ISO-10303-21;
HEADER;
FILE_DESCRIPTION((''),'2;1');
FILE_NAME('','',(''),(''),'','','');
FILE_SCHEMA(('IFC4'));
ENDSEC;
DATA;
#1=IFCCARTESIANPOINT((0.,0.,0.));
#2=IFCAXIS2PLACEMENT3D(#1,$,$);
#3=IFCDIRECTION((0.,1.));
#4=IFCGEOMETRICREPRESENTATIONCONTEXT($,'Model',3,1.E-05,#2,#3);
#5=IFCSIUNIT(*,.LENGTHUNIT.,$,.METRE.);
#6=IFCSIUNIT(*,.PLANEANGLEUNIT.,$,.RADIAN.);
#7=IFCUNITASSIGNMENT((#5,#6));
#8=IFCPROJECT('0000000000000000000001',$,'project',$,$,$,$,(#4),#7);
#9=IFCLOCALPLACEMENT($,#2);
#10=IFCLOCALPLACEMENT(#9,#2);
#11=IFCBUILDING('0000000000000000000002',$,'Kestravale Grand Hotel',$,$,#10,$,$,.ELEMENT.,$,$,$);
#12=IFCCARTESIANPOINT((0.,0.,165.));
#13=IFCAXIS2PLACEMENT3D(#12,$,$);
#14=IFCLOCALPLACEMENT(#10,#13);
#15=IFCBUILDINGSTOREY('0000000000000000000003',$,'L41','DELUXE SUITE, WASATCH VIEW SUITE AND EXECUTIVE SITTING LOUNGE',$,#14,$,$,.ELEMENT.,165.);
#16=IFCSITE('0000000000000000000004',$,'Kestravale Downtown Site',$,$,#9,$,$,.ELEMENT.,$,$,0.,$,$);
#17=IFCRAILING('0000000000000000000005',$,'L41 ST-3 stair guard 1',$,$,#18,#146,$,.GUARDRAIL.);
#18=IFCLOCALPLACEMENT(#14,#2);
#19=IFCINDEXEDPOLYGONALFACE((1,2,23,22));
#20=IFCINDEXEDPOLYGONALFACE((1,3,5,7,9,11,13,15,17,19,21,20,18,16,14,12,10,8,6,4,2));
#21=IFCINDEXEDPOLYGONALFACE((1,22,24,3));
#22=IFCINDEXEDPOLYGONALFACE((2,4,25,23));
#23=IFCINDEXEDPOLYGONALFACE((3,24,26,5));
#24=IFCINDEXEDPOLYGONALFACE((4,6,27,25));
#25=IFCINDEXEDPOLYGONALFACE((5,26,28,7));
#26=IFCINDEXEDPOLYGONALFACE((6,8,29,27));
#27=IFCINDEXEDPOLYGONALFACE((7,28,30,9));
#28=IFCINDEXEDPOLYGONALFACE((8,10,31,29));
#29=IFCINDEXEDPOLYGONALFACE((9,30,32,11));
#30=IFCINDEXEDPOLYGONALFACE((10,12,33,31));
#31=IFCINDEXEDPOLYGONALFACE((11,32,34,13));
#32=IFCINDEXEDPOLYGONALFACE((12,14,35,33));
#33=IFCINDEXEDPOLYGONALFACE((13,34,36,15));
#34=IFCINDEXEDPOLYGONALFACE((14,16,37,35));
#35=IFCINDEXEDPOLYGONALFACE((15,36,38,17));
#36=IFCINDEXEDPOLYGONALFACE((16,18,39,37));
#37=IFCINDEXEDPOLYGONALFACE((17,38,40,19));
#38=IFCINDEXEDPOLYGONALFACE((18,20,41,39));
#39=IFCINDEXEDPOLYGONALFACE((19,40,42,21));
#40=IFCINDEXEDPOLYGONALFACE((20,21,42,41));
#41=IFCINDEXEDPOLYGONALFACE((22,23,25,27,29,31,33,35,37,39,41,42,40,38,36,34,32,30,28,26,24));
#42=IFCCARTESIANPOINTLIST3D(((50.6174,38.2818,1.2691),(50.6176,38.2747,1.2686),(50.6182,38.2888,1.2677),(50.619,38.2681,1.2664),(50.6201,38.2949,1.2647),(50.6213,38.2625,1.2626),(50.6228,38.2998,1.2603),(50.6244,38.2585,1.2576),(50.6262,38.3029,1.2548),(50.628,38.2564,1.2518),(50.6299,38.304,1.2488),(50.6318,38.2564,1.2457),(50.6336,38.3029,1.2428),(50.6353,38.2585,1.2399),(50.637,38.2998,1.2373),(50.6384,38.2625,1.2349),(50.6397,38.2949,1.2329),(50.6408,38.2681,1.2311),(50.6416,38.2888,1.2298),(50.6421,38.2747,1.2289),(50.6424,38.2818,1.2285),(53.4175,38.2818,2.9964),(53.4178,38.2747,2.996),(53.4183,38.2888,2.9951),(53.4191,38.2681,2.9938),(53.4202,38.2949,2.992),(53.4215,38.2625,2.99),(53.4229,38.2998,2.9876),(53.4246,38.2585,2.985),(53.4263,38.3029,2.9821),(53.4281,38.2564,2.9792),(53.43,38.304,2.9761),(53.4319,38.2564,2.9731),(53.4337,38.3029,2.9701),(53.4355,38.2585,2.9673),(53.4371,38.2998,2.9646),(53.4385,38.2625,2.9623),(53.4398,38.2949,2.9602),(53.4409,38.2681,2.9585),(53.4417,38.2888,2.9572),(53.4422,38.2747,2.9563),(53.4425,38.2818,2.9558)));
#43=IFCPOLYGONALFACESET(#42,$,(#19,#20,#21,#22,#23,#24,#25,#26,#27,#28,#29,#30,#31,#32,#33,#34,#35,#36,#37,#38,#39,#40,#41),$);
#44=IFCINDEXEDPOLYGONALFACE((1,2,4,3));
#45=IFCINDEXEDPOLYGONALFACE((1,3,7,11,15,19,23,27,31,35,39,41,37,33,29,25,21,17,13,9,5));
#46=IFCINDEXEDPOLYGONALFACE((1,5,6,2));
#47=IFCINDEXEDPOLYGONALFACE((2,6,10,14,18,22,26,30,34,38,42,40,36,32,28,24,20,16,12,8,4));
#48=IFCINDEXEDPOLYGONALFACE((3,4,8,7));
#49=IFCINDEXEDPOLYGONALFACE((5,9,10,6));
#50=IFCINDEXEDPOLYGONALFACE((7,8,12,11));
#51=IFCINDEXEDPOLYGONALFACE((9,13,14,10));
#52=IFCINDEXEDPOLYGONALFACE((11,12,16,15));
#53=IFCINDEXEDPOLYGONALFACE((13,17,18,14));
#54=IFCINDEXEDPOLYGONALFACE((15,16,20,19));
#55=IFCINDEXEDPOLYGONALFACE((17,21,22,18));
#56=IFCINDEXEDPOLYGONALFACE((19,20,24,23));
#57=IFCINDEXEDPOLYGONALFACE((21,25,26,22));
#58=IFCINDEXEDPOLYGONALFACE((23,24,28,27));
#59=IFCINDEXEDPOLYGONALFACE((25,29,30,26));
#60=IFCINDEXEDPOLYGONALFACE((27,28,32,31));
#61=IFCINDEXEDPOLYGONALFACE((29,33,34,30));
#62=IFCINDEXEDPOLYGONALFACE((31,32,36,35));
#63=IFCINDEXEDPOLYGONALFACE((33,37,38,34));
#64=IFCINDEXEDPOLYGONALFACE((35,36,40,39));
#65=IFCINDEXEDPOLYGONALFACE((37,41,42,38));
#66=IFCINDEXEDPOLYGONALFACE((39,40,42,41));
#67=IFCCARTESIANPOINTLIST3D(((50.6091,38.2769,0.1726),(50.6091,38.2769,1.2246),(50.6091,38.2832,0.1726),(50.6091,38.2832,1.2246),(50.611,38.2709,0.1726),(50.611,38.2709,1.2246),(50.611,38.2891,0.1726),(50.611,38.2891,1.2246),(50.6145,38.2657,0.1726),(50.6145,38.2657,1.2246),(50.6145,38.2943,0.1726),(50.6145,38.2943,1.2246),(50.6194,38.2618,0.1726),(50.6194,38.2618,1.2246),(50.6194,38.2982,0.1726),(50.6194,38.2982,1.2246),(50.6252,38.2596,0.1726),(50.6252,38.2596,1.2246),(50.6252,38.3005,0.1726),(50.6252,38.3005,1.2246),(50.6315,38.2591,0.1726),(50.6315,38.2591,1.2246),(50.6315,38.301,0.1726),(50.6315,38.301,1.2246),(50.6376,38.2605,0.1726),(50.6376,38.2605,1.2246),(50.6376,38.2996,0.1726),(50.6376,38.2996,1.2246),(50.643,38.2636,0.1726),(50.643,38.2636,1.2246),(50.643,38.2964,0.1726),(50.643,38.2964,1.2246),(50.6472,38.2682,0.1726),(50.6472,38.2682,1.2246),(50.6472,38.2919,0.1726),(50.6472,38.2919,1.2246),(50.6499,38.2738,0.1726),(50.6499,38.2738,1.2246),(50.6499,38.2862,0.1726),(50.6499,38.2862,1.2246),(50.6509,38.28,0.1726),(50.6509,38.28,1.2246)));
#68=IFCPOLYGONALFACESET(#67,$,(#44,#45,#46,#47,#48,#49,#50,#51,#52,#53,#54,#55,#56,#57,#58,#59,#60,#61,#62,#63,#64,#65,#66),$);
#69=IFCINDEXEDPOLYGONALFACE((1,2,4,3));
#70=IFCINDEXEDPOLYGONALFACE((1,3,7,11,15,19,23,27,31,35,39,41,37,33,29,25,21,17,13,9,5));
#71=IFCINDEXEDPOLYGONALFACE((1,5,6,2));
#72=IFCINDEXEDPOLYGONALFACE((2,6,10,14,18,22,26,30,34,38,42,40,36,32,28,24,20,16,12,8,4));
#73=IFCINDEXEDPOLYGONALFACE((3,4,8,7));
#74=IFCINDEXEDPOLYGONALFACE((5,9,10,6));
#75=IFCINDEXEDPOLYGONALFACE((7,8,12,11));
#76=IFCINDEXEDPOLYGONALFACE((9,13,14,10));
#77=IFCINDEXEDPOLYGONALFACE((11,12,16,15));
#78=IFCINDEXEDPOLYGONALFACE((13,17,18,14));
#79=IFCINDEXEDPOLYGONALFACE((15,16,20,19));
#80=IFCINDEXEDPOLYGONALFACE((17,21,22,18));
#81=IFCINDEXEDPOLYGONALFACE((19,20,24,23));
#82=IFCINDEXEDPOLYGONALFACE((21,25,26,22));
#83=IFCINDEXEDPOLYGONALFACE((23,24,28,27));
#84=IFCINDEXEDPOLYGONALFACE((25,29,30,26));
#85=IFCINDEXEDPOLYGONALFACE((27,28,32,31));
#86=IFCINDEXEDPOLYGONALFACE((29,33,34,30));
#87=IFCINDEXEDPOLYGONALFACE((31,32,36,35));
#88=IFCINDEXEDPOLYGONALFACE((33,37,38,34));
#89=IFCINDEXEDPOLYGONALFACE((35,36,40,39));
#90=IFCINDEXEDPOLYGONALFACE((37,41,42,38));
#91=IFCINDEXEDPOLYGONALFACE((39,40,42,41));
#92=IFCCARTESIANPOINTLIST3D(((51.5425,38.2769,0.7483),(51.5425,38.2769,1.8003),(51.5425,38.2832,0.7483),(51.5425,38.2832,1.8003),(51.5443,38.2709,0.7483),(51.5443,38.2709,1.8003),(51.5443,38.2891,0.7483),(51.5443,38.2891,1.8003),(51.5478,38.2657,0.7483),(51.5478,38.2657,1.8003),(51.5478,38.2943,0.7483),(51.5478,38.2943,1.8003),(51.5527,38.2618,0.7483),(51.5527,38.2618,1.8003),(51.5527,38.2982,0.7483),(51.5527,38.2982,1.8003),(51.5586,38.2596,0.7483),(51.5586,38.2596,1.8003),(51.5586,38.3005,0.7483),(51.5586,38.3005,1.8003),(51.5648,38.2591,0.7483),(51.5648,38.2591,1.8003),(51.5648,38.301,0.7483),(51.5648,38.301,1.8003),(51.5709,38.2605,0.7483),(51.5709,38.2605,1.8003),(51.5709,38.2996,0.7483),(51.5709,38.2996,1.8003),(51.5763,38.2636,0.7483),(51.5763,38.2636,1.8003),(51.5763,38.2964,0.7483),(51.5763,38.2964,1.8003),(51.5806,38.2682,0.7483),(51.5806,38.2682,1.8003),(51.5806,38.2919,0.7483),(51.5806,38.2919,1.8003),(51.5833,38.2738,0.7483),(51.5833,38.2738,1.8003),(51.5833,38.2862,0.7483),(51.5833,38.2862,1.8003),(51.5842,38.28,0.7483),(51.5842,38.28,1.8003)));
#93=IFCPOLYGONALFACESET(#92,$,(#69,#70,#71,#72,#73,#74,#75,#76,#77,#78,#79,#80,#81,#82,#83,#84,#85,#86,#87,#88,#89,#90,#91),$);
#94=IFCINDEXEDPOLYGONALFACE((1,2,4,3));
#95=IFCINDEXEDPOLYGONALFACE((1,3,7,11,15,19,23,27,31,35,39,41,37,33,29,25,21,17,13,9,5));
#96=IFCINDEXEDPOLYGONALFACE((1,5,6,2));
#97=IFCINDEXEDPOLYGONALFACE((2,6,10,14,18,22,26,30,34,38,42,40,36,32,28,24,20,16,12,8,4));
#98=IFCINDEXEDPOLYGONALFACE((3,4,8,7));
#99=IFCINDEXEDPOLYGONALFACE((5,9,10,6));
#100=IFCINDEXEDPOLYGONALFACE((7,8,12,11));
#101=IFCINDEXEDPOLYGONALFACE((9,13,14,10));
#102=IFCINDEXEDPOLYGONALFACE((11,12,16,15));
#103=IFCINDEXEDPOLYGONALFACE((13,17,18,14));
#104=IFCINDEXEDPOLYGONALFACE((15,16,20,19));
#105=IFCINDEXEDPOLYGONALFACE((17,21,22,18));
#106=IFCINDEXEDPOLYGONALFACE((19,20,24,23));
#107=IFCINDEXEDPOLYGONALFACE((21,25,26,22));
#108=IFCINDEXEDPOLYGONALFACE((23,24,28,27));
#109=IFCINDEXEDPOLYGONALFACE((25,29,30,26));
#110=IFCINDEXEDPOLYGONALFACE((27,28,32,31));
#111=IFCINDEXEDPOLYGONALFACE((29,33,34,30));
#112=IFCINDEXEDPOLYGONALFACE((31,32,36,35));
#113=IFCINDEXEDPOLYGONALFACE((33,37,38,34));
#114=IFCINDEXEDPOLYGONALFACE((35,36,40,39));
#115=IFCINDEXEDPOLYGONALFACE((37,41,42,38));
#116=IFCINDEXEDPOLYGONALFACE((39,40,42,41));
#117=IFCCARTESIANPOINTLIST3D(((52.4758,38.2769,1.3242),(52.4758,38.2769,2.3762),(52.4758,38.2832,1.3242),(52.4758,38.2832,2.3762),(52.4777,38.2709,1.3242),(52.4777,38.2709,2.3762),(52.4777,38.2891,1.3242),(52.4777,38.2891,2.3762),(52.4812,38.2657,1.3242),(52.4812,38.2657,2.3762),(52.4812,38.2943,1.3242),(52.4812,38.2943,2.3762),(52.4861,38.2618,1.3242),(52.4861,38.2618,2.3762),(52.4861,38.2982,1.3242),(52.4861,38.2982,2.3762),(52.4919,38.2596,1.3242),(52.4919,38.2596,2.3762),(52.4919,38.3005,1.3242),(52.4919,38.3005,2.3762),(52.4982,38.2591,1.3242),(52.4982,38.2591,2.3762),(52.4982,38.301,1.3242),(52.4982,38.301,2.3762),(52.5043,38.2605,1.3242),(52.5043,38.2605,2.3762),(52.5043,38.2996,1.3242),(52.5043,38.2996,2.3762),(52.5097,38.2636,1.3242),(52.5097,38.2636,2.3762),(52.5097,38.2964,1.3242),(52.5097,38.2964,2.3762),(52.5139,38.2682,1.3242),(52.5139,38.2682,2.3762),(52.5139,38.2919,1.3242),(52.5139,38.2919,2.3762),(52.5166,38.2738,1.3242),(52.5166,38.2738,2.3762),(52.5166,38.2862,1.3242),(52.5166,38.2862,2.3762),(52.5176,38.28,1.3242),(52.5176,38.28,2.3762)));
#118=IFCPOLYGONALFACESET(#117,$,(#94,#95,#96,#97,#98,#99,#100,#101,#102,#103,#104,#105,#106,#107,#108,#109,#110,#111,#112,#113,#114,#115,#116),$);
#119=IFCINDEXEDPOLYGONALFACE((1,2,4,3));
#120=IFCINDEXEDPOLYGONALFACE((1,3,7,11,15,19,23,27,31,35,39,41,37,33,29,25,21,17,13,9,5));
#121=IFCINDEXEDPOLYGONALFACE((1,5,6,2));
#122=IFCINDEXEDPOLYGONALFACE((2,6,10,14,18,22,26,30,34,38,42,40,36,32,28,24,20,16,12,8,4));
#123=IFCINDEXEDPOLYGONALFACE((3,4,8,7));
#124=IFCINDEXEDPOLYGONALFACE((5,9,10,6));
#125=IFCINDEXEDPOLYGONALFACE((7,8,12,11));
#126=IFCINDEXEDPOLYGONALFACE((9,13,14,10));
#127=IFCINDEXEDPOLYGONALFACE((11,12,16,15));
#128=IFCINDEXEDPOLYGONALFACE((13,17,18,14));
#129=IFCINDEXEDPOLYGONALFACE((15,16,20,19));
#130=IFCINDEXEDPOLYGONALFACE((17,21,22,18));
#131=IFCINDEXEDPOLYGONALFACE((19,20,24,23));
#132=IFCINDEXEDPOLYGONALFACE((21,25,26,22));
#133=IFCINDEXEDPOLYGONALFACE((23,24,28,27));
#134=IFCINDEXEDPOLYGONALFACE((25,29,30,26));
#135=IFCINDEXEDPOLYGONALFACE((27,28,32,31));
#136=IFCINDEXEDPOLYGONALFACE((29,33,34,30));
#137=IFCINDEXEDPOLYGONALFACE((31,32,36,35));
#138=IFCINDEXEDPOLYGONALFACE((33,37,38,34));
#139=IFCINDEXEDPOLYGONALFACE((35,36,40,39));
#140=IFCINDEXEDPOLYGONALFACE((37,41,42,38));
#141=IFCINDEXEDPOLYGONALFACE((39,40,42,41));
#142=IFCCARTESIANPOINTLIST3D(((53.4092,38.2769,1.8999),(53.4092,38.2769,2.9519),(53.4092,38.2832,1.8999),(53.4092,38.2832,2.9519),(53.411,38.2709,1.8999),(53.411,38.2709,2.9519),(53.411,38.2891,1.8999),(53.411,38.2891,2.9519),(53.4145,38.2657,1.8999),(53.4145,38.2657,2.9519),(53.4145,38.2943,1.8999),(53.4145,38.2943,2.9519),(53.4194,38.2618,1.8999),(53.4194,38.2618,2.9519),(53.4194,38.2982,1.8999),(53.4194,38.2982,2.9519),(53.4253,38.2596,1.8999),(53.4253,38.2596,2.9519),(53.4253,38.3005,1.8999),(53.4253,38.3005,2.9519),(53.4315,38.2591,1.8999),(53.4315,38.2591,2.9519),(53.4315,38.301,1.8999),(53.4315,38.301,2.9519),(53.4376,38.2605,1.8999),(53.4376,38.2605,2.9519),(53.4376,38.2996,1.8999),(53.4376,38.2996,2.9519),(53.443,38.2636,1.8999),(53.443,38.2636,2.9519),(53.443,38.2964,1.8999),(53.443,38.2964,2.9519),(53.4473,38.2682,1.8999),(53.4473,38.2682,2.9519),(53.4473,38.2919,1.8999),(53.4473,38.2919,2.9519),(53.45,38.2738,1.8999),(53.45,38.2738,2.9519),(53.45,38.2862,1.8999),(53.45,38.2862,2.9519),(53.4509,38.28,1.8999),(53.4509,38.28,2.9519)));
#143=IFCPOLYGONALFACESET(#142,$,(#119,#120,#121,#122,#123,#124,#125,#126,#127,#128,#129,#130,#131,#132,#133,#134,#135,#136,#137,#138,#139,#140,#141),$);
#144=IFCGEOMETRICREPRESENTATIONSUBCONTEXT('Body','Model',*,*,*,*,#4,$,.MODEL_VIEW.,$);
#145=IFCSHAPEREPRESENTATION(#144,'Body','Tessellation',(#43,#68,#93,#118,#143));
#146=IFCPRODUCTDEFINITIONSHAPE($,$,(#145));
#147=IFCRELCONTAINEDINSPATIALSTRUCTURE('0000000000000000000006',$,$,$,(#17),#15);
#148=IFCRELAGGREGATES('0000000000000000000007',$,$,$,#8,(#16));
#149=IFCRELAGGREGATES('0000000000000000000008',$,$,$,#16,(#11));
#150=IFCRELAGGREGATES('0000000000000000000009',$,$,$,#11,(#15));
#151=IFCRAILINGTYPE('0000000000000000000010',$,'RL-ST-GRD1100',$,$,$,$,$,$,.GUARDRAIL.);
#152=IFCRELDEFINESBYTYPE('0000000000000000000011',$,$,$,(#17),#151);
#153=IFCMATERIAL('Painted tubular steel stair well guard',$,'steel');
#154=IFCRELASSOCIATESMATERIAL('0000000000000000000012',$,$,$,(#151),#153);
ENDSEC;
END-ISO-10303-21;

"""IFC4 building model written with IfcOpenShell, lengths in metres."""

from ifc_helpers import new_model, si_unit, direction, frame, origin, origin_2d, place, context, subcontext, project, spatial, circle, extrude, material, type_object, element, save


model = new_model("IFC4")

# Units and contexts
model_context = context("Model", 3, precision=1e-05, world=origin(), true_north=direction((0.0, 1.0)))
body_context = subcontext(model_context, "Body", "Model", "MODEL_VIEW")
ifc_project = project(units=[si_unit("LENGTHUNIT", "METRE"), si_unit("PLANEANGLEUNIT", "RADIAN")], contexts=[model_context])

# Site, building, storey
site_placement = place(None, origin())
site = spatial("IfcSite", under=ifc_project, at=site_placement, Name="Kestravale Downtown Site", CompositionType="ELEMENT", RefElevation=0.0)
building_placement = place(site_placement, origin())
building = spatial("IfcBuilding", under=site, at=building_placement, Name="Kestravale Grand Hotel", CompositionType="ELEMENT")
storey_placement = place(building_placement, frame((0.0, 0.0, 165.0)))
storey = spatial("IfcBuildingStorey", under=building, at=storey_placement, Name="L41", Description="DELUXE SUITE, WASATCH VIEW SUITE AND EXECUTIVE SITTING LOUNGE", CompositionType="ELEMENT", Elevation=165.0)

# Railing
ifc_material_1 = material(Name="Painted tubular steel stair well guard", Category="steel")
railing_type_1 = type_object("IfcRailingType", Name="RL-ST-GRD1100", PredefinedType="GUARDRAIL", material=ifc_material_1)
railing_1_placement = place(storey_placement, frame((50.6299, 38.28, 0.1726)))
element("IfcRailing", 1, at=railing_1_placement, inside=storey, type_object=railing_type_1, Name="L41 ST-3 stair guard 1", PredefinedType="GUARDRAIL", context=body_context, shape_type="SweptSolid", body=[
    extrude(circle(Radius=0.0239, at=origin_2d()), frame((0.0, 0.0, 1.0762), z_axis=(0.85109, 0.0, 0.52502), x_axis=(0.0, 1.0, 0.0)), (0.0, 0.0, 1.0), 3.29),
    extrude(circle(Radius=0.021, at=origin_2d()), origin(), (0.0, 0.0, 1.0), 1.052),
    extrude(circle(Radius=0.021, at=origin_2d()), frame((0.9333, 0.0, 0.5757)), (0.0, 0.0, 1.0), 1.052),
    extrude(circle(Radius=0.021, at=origin_2d()), frame((1.8667, 0.0, 1.1516)), (0.0, 0.0, 1.0), 1.052),
    extrude(circle(Radius=0.021, at=origin_2d()), frame((2.8, 0.0, 1.7273)), (0.0, 0.0, 1.0), 1.052),
])

save(model, "model.ifc")
